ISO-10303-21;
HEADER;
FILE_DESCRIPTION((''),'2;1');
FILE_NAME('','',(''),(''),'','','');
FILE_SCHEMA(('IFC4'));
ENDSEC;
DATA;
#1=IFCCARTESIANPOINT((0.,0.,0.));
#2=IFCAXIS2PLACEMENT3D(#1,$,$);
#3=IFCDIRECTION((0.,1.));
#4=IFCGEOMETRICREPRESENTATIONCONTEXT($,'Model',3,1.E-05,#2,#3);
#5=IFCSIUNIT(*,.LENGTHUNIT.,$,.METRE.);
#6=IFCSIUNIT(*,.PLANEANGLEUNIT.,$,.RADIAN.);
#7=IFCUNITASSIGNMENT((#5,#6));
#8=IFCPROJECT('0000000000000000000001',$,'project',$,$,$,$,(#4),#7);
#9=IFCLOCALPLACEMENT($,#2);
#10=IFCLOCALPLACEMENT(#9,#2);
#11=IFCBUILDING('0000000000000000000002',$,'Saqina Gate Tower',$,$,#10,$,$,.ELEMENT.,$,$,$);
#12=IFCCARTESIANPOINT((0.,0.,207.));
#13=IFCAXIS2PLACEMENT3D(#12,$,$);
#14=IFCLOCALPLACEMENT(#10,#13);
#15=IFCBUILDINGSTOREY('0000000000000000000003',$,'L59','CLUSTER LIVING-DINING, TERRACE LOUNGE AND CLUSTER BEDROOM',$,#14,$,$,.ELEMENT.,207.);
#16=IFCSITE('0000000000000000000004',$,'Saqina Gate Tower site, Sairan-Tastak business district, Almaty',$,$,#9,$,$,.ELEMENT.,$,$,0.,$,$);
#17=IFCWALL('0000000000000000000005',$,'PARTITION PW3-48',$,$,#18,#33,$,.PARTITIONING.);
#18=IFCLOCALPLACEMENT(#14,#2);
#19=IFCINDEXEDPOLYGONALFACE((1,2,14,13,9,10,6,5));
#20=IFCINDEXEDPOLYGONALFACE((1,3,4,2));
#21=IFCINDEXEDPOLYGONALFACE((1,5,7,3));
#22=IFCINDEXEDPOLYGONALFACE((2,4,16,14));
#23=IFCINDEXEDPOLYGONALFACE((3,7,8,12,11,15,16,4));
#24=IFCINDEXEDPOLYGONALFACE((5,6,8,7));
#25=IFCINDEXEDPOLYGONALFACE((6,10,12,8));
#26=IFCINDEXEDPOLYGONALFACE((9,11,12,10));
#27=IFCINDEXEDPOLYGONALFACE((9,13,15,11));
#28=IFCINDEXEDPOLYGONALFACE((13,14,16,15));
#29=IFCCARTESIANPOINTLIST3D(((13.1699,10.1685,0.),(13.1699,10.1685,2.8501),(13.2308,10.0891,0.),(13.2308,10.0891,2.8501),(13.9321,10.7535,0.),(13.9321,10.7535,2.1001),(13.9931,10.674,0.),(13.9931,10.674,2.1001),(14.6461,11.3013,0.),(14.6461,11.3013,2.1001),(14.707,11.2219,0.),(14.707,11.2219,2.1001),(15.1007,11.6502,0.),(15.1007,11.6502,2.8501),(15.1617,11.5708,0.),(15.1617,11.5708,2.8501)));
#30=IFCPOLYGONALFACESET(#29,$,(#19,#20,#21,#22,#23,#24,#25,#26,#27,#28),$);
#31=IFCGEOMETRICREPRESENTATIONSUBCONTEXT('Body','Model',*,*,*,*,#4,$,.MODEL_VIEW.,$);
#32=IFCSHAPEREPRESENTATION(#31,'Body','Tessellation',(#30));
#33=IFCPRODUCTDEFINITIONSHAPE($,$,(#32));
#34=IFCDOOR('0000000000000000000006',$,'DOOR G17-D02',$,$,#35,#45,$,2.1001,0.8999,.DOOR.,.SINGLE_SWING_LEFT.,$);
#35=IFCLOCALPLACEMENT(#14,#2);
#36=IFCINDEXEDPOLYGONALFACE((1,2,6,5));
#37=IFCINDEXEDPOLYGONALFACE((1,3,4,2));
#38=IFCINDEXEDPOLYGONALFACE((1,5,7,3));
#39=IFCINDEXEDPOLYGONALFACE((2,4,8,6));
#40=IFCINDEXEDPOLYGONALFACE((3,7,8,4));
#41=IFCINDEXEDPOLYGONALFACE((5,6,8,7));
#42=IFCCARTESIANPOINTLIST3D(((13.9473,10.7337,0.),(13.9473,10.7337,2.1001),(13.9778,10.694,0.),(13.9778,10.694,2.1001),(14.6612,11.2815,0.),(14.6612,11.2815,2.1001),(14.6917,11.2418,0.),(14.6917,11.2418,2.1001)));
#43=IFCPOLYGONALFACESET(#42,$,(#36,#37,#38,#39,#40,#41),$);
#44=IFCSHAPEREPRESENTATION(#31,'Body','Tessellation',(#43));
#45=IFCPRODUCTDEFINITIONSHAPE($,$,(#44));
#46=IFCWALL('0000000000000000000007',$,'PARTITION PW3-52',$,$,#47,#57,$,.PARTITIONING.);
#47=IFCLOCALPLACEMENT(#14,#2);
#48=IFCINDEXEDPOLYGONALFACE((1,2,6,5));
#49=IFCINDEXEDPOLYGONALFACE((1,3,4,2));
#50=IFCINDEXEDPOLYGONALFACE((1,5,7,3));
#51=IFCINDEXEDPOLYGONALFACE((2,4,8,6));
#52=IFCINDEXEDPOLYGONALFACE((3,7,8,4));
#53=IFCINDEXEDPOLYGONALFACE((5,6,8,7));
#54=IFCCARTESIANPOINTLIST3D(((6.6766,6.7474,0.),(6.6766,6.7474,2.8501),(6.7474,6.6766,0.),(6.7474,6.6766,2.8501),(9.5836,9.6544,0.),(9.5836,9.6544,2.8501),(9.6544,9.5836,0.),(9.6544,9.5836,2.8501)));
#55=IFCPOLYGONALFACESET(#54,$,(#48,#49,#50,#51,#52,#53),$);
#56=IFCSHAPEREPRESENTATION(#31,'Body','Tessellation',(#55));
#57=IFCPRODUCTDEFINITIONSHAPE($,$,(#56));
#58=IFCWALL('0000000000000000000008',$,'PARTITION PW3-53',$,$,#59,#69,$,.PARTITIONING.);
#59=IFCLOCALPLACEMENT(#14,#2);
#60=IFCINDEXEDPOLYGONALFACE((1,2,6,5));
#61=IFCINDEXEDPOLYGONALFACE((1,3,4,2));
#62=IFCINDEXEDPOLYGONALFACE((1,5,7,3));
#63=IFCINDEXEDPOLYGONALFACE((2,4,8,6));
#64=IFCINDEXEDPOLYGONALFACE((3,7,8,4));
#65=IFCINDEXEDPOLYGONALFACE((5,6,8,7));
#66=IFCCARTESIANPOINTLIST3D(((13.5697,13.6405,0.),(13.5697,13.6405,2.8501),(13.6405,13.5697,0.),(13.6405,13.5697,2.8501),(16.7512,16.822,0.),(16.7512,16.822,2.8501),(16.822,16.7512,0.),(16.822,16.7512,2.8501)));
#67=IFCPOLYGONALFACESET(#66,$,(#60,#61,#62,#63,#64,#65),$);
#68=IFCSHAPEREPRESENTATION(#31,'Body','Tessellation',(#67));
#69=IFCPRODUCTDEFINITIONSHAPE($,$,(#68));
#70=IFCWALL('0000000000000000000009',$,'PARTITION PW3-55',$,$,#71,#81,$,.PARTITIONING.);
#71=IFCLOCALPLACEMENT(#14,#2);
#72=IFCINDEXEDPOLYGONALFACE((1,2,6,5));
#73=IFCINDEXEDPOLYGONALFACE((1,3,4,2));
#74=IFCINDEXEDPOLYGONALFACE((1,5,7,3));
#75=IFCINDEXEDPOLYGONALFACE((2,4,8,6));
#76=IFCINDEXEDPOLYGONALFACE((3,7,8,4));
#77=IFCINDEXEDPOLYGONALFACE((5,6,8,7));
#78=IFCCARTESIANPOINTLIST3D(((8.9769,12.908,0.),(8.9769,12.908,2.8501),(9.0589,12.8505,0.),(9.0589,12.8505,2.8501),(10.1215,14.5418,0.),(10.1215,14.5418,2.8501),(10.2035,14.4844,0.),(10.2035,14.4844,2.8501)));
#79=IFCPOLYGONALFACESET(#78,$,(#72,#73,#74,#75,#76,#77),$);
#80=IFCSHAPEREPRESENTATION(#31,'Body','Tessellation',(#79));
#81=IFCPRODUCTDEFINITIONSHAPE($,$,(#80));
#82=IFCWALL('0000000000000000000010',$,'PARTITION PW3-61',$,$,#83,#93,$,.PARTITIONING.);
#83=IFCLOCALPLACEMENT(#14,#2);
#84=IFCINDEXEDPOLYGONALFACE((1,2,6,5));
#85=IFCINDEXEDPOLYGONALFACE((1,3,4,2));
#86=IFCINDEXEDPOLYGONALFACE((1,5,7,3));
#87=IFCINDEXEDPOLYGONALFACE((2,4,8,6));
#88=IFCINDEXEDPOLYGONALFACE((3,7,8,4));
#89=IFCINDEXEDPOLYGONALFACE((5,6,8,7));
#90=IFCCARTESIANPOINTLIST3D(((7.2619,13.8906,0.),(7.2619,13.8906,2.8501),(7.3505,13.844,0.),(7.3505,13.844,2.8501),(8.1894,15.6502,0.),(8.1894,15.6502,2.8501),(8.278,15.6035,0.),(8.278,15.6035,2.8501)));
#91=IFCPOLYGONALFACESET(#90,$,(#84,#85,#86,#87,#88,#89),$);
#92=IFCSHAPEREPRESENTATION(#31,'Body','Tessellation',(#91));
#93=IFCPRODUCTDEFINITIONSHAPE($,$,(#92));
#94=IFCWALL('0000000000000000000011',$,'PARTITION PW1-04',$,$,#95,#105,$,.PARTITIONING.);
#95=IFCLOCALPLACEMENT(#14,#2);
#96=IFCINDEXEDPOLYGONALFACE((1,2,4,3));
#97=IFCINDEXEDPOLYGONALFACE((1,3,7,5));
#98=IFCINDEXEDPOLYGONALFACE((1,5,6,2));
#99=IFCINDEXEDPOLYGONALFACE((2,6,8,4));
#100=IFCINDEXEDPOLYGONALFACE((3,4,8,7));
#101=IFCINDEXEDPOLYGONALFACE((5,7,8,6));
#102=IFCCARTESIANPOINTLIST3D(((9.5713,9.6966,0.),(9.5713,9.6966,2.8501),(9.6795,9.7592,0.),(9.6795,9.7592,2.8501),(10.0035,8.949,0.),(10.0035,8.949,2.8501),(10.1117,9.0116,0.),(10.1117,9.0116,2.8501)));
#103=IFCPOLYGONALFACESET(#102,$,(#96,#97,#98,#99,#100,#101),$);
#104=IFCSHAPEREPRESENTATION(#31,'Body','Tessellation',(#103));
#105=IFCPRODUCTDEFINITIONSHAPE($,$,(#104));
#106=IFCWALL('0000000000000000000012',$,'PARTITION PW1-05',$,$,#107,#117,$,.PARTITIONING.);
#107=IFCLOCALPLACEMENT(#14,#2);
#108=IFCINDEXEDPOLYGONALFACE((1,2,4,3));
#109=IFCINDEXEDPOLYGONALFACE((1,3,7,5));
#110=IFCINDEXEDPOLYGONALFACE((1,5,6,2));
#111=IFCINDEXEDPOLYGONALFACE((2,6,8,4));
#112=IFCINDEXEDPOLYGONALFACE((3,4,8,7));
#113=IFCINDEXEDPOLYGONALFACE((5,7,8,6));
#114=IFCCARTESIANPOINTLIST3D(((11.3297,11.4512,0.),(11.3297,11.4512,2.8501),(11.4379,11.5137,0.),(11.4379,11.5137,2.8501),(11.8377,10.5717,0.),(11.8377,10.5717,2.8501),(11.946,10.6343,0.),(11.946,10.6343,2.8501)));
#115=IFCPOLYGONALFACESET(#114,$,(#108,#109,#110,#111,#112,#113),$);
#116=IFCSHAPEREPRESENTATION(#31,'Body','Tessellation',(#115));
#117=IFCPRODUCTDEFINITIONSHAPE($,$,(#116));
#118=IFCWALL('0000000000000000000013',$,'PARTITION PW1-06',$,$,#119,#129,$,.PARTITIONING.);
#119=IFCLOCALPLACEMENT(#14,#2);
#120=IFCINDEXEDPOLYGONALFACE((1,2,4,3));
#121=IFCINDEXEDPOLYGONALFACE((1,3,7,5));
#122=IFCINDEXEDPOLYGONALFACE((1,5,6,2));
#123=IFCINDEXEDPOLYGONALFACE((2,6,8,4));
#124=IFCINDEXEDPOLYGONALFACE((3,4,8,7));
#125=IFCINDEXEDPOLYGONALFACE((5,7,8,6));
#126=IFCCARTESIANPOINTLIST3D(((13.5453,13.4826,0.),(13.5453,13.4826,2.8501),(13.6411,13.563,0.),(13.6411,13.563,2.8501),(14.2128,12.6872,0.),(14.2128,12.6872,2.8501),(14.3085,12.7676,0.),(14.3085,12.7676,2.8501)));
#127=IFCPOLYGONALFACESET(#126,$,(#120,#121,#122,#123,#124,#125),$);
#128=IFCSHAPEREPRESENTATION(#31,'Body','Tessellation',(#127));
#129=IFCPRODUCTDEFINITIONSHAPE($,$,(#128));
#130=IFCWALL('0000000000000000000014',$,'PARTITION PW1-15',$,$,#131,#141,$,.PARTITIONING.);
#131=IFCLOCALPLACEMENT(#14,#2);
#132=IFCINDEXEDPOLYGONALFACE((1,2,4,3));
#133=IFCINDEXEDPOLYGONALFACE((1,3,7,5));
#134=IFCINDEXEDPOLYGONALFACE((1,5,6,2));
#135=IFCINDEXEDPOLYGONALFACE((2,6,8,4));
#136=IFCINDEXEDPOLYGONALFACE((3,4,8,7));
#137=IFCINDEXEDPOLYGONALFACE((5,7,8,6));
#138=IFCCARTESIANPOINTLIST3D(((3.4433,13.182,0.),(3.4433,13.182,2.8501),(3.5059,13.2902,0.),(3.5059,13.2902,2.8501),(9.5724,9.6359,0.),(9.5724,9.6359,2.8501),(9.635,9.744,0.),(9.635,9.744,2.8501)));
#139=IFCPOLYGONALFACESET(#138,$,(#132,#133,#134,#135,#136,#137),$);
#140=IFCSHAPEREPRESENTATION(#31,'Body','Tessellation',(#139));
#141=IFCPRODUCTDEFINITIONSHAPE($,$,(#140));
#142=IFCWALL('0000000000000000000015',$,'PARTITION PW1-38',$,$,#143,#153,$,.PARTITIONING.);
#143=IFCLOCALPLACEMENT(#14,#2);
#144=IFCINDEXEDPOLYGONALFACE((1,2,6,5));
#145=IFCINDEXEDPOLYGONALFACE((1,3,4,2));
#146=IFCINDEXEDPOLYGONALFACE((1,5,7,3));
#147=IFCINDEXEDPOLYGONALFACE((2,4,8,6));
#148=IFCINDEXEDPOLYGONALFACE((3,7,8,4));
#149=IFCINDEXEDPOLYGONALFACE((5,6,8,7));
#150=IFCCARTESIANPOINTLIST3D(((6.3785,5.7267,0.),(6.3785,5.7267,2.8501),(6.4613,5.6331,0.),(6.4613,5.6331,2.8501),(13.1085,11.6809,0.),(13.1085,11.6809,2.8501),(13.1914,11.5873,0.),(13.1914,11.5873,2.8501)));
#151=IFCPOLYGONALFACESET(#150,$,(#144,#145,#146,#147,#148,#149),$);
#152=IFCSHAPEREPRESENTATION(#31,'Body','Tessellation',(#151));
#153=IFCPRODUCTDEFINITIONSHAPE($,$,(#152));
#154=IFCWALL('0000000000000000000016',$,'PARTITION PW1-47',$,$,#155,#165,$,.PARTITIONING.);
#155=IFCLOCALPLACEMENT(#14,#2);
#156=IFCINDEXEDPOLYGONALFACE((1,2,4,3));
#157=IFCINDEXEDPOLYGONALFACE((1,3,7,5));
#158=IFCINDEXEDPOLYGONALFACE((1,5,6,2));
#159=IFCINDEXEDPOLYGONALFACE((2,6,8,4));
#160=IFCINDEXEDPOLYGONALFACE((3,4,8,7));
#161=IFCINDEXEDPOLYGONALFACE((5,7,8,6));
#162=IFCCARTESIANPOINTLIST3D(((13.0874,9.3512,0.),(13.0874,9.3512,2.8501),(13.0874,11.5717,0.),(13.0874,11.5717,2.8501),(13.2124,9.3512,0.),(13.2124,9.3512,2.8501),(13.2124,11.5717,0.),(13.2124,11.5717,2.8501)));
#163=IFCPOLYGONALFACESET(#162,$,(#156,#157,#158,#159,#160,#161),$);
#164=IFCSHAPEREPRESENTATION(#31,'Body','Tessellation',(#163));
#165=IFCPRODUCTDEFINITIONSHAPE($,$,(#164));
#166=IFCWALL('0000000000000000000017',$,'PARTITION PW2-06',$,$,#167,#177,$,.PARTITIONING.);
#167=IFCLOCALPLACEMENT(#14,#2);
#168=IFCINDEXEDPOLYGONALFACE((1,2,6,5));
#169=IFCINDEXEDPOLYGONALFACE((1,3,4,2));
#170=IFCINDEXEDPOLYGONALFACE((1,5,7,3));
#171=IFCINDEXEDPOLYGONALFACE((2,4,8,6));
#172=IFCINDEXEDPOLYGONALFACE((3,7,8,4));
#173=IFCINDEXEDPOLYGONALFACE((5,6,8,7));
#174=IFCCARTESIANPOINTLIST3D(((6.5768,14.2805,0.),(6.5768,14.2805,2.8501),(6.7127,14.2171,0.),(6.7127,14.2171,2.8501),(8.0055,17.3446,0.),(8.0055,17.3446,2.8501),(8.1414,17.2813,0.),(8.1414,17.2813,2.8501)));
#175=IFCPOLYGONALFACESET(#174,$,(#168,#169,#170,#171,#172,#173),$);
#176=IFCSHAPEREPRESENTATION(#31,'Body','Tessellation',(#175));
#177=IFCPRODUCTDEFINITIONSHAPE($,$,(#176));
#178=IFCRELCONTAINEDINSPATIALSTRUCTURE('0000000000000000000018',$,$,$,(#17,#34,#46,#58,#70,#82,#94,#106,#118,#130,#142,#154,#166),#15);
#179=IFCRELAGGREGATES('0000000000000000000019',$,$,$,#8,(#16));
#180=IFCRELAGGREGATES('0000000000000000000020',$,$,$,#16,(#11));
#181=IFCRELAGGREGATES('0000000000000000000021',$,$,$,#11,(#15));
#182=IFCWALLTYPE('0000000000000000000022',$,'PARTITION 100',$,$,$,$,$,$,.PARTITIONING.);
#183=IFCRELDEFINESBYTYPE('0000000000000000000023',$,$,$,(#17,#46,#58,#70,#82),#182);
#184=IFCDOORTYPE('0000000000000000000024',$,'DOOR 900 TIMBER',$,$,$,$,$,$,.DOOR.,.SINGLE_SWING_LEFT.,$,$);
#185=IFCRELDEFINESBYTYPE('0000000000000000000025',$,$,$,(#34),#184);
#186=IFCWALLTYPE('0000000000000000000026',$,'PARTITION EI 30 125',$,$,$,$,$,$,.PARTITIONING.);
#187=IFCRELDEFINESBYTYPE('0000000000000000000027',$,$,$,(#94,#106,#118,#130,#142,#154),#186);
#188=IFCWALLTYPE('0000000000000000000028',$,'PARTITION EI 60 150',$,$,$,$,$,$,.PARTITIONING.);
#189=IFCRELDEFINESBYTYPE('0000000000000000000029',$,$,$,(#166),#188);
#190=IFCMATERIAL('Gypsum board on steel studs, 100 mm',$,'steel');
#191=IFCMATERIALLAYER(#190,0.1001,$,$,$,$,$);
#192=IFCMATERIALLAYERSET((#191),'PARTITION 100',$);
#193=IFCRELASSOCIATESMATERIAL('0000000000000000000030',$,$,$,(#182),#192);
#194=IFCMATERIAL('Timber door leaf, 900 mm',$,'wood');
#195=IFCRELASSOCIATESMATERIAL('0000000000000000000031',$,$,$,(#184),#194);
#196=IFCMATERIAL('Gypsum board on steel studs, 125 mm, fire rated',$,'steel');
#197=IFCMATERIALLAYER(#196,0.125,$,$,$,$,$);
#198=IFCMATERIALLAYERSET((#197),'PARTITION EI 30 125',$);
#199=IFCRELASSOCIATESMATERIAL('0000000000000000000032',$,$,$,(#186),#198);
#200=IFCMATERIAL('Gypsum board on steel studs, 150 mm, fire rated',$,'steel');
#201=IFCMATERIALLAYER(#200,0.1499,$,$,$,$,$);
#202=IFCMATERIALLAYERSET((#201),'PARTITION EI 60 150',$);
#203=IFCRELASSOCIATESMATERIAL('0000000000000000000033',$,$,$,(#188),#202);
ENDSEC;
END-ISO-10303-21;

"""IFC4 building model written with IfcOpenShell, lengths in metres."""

from ifc_helpers import new_model, si_unit, direction, frame, frame_2d, origin, place, context, subcontext, project, spatial, rectangle, extrude, material, layer, layer_set, type_object, element, fill, save


model = new_model("IFC4")

# Units and contexts
model_context = context("Model", 3, precision=1e-05, world=origin(), true_north=direction((0.0, 1.0)))
body_context = subcontext(model_context, "Body", "Model", "MODEL_VIEW")
ifc_project = project(units=[si_unit("LENGTHUNIT", "METRE"), si_unit("PLANEANGLEUNIT", "RADIAN")], contexts=[model_context])

# Site, building, storey
site_placement = place(None, origin())
site = spatial("IfcSite", under=ifc_project, at=site_placement, Name="Saqina Gate Tower site, Sairan-Tastak business district, Almaty", CompositionType="ELEMENT", RefElevation=0.0)
building_placement = place(site_placement, origin())
building = spatial("IfcBuilding", under=site, at=building_placement, Name="Saqina Gate Tower", CompositionType="ELEMENT")
storey_placement = place(building_placement, frame((0.0, 0.0, 207.0)))
storey = spatial("IfcBuildingStorey", under=building, at=storey_placement, Name="L59", Description="CLUSTER LIVING-DINING, TERRACE LOUNGE AND CLUSTER BEDROOM", CompositionType="ELEMENT", Elevation=207.0)

# Shared definitions
ifc_material_1 = material(Name="Gypsum board on steel studs, 100 mm", Category="steel")
ifc_layer_1 = layer(ifc_material_1, 0.1001)
ifc_layer_set_1 = layer_set([ifc_layer_1], Name="PARTITION 100")
wall_type_1 = type_object("IfcWallType", Name="PARTITION 100", PredefinedType="PARTITIONING", material=ifc_layer_set_1)

# Wall, opening, door
wall_1_placement = place(storey_placement, frame((13.2004, 10.1289, 0.0), z_axis=(0.0, 0.0, 1.0), x_axis=(0.793343, 0.608775, 0.0)))
wall_1 = element("IfcWall", 1, at=wall_1_placement, inside=storey, type_object=wall_type_1, Name="PARTITION PW3-48", PredefinedType="PARTITIONING", context=body_context, shape_type="SweptSolid", body=[
    extrude(rectangle(XDim=2.4338, YDim=0.1001, at=frame_2d((1.2168, 0.0))), origin(), (0.0, 0.0, 1.0), 2.8501),
])
opening_1_placement = place(wall_1_placement, frame((0.9607, 0.0, 0.0)))
opening_1 = element("IfcOpeningElement", 2, at=opening_1_placement, cuts=wall_1, PredefinedType="OPENING", context=body_context, shape_type="SweptSolid", body=[
    extrude(rectangle(XDim=0.8999, YDim=2.1001, at=frame_2d((0.45, 1.05))), frame((0.0, 0.062, 0.0), z_axis=(0.0, -1.0, 0.0), x_axis=(1.0, 0.0, 0.0)), (0.0, 0.0, 1.0), 0.124),
])
ifc_material_2 = material(Name="Timber door leaf, 900 mm", Category="wood")
door_type_1 = type_object("IfcDoorType", Name="DOOR 900 TIMBER", OperationType="SINGLE_SWING_LEFT", PredefinedType="DOOR", material=ifc_material_2)
door_1_placement = place(opening_1_placement, frame((0.8999, 0.0, 0.0), z_axis=(0.0, 0.0, 1.0), x_axis=(-1.0, 0.0, 0.0)))
door_1 = element("IfcDoor", 3, at=door_1_placement, inside=storey, type_object=door_type_1, Name="DOOR G17-D02", OperationType="SINGLE_SWING_LEFT", OverallHeight=2.1001, OverallWidth=0.8999, PredefinedType="DOOR", context=body_context, shape_type="SweptSolid", body=[
    extrude(rectangle(XDim=0.8999, YDim=2.1001, at=frame_2d((0.45, 1.05))), frame((0.0, 0.0249, 0.0), z_axis=(0.0, -1.0, 0.0), x_axis=(1.0, 0.0, 0.0)), (0.0, 0.0, 1.0), 0.05),
])
fill(opening_1, door_1)

# Walls
wall_2_placement = place(storey_placement, frame((6.7119, 6.7119, 0.0), z_axis=(0.0, 0.0, 1.0), x_axis=(0.707107, 0.707107, 0.0)))
element("IfcWall", 4, at=wall_2_placement, inside=storey, type_object=wall_type_1, Name="PARTITION PW3-52", PredefinedType="PARTITIONING", context=body_context, shape_type="SweptSolid", body=[
    extrude(rectangle(XDim=4.1111, YDim=0.1001, at=frame_2d((2.0557, 0.0))), origin(), (0.0, 0.0, 1.0), 2.8501),
])
wall_3_placement = place(storey_placement, frame((13.6052, 13.6052, 0.0), z_axis=(0.0, 0.0, 1.0), x_axis=(0.707107, 0.707107, 0.0)))
element("IfcWall", 5, at=wall_3_placement, inside=storey, type_object=wall_type_1, Name="PARTITION PW3-53", PredefinedType="PARTITIONING", context=body_context, shape_type="SweptSolid", body=[
    extrude(rectangle(XDim=4.4993, YDim=0.1001, at=frame_2d((2.2495, 0.0))), origin(), (0.0, 0.0, 1.0), 2.8501),
])
wall_4_placement = place(storey_placement, frame((9.0178, 12.8792, 0.0), z_axis=(0.0, 0.0, 1.0), x_axis=(0.573758, 0.819025, 0.0)))
element("IfcWall", 6, at=wall_4_placement, inside=storey, type_object=wall_type_1, Name="PARTITION PW3-55", PredefinedType="PARTITIONING", context=body_context, shape_type="SweptSolid", body=[
    extrude(rectangle(XDim=1.9949, YDim=0.1001, at=frame_2d((0.9976, 0.0))), origin(), (0.0, 0.0, 1.0), 2.8501),
])
wall_5_placement = place(storey_placement, frame((7.3062, 13.8672, 0.0), z_axis=(0.0, 0.0, 1.0), x_axis=(0.466308, 0.884622, 0.0)))
element("IfcWall", 7, at=wall_5_placement, inside=storey, type_object=wall_type_1, Name="PARTITION PW3-61", PredefinedType="PARTITIONING", context=body_context, shape_type="SweptSolid", body=[
    extrude(rectangle(XDim=1.989, YDim=0.1001, at=frame_2d((0.9946, 0.0))), origin(), (0.0, 0.0, 1.0), 2.8501),
])
ifc_material_3 = material(Name="Gypsum board on steel studs, 125 mm, fire rated", Category="steel")
ifc_layer_2 = layer(ifc_material_3, 0.125)
ifc_layer_set_2 = layer_set([ifc_layer_2], Name="PARTITION EI 30 125")
wall_type_2 = type_object("IfcWallType", Name="PARTITION EI 30 125", PredefinedType="PARTITIONING", material=ifc_layer_set_2)
wall_6_placement = place(storey_placement, frame((9.6255, 9.7278, 0.0), z_axis=(0.0, 0.0, 1.0), x_axis=(0.500457, -0.865762, 0.0)))
element("IfcWall", 8, at=wall_6_placement, inside=storey, type_object=wall_type_2, Name="PARTITION PW1-04", PredefinedType="PARTITIONING", context=body_context, shape_type="SweptSolid", body=[
    extrude(rectangle(XDim=0.8635, YDim=0.125, at=frame_2d((0.4316, 0.0))), origin(), (0.0, 0.0, 1.0), 2.8501),
])
wall_7_placement = place(storey_placement, frame((11.3838, 11.4824, 0.0), z_axis=(0.0, 0.0, 1.0), x_axis=(0.50025, -0.865881, 0.0)))
element("IfcWall", 9, at=wall_7_placement, inside=storey, type_object=wall_type_2, Name="PARTITION PW1-05", PredefinedType="PARTITIONING", context=body_context, shape_type="SweptSolid", body=[
    extrude(rectangle(XDim=1.0156, YDim=0.125, at=frame_2d((0.5078, 0.0))), origin(), (0.0, 0.0, 1.0), 2.8501),
])
wall_8_placement = place(storey_placement, frame((13.5933, 13.5227, 0.0), z_axis=(0.0, 0.0, 1.0), x_axis=(0.642817, -0.76602, 0.0)))
element("IfcWall", 10, at=wall_8_placement, inside=storey, type_object=wall_type_2, Name="PARTITION PW1-06", PredefinedType="PARTITIONING", context=body_context, shape_type="SweptSolid", body=[
    extrude(rectangle(XDim=1.0383, YDim=0.125, at=frame_2d((0.519, 0.0))), origin(), (0.0, 0.0, 1.0), 2.8501),
])
wall_9_placement = place(storey_placement, frame((3.4746, 13.2361, 0.0), z_axis=(0.0, 0.0, 1.0), x_axis=(0.865568, -0.500792, 0.0)))
element("IfcWall", 11, at=wall_9_placement, inside=storey, type_object=wall_type_2, Name="PARTITION PW1-15", PredefinedType="PARTITIONING", context=body_context, shape_type="SweptSolid", body=[
    extrude(rectangle(XDim=7.0811, YDim=0.125, at=frame_2d((3.5405, 0.0))), origin(), (0.0, 0.0, 1.0), 2.8501),
])
wall_10_placement = place(storey_placement, frame((6.4199, 5.6799, 0.0), z_axis=(0.0, 0.0, 1.0), x_axis=(0.74896, 0.662615, 0.0)))
element("IfcWall", 12, at=wall_10_placement, inside=storey, type_object=wall_type_2, Name="PARTITION PW1-38", PredefinedType="PARTITIONING", context=body_context, shape_type="SweptSolid", body=[
    extrude(rectangle(XDim=8.9858, YDim=0.125, at=frame_2d((4.4929, 0.0))), origin(), (0.0, 0.0, 1.0), 2.8501),
])
wall_11_placement = place(storey_placement, frame((13.1499, 9.3511, 0.0), z_axis=(0.0, 0.0, 1.0), x_axis=(0.0, 1.0, 0.0)))
element("IfcWall", 13, at=wall_11_placement, inside=storey, type_object=wall_type_2, Name="PARTITION PW1-47", PredefinedType="PARTITIONING", context=body_context, shape_type="SweptSolid", body=[
    extrude(rectangle(XDim=2.2205, YDim=0.125, at=frame_2d((1.1104, 0.0))), origin(), (0.0, 0.0, 1.0), 2.8501),
])
ifc_material_4 = material(Name="Gypsum board on steel studs, 150 mm, fire rated", Category="steel")
ifc_layer_3 = layer(ifc_material_4, 0.1499)
ifc_layer_set_3 = layer_set([ifc_layer_3], Name="PARTITION EI 60 150")
wall_type_3 = type_object("IfcWallType", Name="PARTITION EI 60 150", PredefinedType="PARTITIONING", material=ifc_layer_set_3)
wall_12_placement = place(storey_placement, frame((6.6448, 14.2488, 0.0), z_axis=(0.0, 0.0, 1.0), x_axis=(0.422581, 0.906325, 0.0)))
element("IfcWall", 14, at=wall_12_placement, inside=storey, type_object=wall_type_3, Name="PARTITION PW2-06", PredefinedType="PARTITIONING", context=body_context, shape_type="SweptSolid", body=[
    extrude(rectangle(XDim=3.3809, YDim=0.1499, at=frame_2d((1.6904, 0.0))), origin(), (0.0, 0.0, 1.0), 2.8501),
])

save(model, "model.ifc")
